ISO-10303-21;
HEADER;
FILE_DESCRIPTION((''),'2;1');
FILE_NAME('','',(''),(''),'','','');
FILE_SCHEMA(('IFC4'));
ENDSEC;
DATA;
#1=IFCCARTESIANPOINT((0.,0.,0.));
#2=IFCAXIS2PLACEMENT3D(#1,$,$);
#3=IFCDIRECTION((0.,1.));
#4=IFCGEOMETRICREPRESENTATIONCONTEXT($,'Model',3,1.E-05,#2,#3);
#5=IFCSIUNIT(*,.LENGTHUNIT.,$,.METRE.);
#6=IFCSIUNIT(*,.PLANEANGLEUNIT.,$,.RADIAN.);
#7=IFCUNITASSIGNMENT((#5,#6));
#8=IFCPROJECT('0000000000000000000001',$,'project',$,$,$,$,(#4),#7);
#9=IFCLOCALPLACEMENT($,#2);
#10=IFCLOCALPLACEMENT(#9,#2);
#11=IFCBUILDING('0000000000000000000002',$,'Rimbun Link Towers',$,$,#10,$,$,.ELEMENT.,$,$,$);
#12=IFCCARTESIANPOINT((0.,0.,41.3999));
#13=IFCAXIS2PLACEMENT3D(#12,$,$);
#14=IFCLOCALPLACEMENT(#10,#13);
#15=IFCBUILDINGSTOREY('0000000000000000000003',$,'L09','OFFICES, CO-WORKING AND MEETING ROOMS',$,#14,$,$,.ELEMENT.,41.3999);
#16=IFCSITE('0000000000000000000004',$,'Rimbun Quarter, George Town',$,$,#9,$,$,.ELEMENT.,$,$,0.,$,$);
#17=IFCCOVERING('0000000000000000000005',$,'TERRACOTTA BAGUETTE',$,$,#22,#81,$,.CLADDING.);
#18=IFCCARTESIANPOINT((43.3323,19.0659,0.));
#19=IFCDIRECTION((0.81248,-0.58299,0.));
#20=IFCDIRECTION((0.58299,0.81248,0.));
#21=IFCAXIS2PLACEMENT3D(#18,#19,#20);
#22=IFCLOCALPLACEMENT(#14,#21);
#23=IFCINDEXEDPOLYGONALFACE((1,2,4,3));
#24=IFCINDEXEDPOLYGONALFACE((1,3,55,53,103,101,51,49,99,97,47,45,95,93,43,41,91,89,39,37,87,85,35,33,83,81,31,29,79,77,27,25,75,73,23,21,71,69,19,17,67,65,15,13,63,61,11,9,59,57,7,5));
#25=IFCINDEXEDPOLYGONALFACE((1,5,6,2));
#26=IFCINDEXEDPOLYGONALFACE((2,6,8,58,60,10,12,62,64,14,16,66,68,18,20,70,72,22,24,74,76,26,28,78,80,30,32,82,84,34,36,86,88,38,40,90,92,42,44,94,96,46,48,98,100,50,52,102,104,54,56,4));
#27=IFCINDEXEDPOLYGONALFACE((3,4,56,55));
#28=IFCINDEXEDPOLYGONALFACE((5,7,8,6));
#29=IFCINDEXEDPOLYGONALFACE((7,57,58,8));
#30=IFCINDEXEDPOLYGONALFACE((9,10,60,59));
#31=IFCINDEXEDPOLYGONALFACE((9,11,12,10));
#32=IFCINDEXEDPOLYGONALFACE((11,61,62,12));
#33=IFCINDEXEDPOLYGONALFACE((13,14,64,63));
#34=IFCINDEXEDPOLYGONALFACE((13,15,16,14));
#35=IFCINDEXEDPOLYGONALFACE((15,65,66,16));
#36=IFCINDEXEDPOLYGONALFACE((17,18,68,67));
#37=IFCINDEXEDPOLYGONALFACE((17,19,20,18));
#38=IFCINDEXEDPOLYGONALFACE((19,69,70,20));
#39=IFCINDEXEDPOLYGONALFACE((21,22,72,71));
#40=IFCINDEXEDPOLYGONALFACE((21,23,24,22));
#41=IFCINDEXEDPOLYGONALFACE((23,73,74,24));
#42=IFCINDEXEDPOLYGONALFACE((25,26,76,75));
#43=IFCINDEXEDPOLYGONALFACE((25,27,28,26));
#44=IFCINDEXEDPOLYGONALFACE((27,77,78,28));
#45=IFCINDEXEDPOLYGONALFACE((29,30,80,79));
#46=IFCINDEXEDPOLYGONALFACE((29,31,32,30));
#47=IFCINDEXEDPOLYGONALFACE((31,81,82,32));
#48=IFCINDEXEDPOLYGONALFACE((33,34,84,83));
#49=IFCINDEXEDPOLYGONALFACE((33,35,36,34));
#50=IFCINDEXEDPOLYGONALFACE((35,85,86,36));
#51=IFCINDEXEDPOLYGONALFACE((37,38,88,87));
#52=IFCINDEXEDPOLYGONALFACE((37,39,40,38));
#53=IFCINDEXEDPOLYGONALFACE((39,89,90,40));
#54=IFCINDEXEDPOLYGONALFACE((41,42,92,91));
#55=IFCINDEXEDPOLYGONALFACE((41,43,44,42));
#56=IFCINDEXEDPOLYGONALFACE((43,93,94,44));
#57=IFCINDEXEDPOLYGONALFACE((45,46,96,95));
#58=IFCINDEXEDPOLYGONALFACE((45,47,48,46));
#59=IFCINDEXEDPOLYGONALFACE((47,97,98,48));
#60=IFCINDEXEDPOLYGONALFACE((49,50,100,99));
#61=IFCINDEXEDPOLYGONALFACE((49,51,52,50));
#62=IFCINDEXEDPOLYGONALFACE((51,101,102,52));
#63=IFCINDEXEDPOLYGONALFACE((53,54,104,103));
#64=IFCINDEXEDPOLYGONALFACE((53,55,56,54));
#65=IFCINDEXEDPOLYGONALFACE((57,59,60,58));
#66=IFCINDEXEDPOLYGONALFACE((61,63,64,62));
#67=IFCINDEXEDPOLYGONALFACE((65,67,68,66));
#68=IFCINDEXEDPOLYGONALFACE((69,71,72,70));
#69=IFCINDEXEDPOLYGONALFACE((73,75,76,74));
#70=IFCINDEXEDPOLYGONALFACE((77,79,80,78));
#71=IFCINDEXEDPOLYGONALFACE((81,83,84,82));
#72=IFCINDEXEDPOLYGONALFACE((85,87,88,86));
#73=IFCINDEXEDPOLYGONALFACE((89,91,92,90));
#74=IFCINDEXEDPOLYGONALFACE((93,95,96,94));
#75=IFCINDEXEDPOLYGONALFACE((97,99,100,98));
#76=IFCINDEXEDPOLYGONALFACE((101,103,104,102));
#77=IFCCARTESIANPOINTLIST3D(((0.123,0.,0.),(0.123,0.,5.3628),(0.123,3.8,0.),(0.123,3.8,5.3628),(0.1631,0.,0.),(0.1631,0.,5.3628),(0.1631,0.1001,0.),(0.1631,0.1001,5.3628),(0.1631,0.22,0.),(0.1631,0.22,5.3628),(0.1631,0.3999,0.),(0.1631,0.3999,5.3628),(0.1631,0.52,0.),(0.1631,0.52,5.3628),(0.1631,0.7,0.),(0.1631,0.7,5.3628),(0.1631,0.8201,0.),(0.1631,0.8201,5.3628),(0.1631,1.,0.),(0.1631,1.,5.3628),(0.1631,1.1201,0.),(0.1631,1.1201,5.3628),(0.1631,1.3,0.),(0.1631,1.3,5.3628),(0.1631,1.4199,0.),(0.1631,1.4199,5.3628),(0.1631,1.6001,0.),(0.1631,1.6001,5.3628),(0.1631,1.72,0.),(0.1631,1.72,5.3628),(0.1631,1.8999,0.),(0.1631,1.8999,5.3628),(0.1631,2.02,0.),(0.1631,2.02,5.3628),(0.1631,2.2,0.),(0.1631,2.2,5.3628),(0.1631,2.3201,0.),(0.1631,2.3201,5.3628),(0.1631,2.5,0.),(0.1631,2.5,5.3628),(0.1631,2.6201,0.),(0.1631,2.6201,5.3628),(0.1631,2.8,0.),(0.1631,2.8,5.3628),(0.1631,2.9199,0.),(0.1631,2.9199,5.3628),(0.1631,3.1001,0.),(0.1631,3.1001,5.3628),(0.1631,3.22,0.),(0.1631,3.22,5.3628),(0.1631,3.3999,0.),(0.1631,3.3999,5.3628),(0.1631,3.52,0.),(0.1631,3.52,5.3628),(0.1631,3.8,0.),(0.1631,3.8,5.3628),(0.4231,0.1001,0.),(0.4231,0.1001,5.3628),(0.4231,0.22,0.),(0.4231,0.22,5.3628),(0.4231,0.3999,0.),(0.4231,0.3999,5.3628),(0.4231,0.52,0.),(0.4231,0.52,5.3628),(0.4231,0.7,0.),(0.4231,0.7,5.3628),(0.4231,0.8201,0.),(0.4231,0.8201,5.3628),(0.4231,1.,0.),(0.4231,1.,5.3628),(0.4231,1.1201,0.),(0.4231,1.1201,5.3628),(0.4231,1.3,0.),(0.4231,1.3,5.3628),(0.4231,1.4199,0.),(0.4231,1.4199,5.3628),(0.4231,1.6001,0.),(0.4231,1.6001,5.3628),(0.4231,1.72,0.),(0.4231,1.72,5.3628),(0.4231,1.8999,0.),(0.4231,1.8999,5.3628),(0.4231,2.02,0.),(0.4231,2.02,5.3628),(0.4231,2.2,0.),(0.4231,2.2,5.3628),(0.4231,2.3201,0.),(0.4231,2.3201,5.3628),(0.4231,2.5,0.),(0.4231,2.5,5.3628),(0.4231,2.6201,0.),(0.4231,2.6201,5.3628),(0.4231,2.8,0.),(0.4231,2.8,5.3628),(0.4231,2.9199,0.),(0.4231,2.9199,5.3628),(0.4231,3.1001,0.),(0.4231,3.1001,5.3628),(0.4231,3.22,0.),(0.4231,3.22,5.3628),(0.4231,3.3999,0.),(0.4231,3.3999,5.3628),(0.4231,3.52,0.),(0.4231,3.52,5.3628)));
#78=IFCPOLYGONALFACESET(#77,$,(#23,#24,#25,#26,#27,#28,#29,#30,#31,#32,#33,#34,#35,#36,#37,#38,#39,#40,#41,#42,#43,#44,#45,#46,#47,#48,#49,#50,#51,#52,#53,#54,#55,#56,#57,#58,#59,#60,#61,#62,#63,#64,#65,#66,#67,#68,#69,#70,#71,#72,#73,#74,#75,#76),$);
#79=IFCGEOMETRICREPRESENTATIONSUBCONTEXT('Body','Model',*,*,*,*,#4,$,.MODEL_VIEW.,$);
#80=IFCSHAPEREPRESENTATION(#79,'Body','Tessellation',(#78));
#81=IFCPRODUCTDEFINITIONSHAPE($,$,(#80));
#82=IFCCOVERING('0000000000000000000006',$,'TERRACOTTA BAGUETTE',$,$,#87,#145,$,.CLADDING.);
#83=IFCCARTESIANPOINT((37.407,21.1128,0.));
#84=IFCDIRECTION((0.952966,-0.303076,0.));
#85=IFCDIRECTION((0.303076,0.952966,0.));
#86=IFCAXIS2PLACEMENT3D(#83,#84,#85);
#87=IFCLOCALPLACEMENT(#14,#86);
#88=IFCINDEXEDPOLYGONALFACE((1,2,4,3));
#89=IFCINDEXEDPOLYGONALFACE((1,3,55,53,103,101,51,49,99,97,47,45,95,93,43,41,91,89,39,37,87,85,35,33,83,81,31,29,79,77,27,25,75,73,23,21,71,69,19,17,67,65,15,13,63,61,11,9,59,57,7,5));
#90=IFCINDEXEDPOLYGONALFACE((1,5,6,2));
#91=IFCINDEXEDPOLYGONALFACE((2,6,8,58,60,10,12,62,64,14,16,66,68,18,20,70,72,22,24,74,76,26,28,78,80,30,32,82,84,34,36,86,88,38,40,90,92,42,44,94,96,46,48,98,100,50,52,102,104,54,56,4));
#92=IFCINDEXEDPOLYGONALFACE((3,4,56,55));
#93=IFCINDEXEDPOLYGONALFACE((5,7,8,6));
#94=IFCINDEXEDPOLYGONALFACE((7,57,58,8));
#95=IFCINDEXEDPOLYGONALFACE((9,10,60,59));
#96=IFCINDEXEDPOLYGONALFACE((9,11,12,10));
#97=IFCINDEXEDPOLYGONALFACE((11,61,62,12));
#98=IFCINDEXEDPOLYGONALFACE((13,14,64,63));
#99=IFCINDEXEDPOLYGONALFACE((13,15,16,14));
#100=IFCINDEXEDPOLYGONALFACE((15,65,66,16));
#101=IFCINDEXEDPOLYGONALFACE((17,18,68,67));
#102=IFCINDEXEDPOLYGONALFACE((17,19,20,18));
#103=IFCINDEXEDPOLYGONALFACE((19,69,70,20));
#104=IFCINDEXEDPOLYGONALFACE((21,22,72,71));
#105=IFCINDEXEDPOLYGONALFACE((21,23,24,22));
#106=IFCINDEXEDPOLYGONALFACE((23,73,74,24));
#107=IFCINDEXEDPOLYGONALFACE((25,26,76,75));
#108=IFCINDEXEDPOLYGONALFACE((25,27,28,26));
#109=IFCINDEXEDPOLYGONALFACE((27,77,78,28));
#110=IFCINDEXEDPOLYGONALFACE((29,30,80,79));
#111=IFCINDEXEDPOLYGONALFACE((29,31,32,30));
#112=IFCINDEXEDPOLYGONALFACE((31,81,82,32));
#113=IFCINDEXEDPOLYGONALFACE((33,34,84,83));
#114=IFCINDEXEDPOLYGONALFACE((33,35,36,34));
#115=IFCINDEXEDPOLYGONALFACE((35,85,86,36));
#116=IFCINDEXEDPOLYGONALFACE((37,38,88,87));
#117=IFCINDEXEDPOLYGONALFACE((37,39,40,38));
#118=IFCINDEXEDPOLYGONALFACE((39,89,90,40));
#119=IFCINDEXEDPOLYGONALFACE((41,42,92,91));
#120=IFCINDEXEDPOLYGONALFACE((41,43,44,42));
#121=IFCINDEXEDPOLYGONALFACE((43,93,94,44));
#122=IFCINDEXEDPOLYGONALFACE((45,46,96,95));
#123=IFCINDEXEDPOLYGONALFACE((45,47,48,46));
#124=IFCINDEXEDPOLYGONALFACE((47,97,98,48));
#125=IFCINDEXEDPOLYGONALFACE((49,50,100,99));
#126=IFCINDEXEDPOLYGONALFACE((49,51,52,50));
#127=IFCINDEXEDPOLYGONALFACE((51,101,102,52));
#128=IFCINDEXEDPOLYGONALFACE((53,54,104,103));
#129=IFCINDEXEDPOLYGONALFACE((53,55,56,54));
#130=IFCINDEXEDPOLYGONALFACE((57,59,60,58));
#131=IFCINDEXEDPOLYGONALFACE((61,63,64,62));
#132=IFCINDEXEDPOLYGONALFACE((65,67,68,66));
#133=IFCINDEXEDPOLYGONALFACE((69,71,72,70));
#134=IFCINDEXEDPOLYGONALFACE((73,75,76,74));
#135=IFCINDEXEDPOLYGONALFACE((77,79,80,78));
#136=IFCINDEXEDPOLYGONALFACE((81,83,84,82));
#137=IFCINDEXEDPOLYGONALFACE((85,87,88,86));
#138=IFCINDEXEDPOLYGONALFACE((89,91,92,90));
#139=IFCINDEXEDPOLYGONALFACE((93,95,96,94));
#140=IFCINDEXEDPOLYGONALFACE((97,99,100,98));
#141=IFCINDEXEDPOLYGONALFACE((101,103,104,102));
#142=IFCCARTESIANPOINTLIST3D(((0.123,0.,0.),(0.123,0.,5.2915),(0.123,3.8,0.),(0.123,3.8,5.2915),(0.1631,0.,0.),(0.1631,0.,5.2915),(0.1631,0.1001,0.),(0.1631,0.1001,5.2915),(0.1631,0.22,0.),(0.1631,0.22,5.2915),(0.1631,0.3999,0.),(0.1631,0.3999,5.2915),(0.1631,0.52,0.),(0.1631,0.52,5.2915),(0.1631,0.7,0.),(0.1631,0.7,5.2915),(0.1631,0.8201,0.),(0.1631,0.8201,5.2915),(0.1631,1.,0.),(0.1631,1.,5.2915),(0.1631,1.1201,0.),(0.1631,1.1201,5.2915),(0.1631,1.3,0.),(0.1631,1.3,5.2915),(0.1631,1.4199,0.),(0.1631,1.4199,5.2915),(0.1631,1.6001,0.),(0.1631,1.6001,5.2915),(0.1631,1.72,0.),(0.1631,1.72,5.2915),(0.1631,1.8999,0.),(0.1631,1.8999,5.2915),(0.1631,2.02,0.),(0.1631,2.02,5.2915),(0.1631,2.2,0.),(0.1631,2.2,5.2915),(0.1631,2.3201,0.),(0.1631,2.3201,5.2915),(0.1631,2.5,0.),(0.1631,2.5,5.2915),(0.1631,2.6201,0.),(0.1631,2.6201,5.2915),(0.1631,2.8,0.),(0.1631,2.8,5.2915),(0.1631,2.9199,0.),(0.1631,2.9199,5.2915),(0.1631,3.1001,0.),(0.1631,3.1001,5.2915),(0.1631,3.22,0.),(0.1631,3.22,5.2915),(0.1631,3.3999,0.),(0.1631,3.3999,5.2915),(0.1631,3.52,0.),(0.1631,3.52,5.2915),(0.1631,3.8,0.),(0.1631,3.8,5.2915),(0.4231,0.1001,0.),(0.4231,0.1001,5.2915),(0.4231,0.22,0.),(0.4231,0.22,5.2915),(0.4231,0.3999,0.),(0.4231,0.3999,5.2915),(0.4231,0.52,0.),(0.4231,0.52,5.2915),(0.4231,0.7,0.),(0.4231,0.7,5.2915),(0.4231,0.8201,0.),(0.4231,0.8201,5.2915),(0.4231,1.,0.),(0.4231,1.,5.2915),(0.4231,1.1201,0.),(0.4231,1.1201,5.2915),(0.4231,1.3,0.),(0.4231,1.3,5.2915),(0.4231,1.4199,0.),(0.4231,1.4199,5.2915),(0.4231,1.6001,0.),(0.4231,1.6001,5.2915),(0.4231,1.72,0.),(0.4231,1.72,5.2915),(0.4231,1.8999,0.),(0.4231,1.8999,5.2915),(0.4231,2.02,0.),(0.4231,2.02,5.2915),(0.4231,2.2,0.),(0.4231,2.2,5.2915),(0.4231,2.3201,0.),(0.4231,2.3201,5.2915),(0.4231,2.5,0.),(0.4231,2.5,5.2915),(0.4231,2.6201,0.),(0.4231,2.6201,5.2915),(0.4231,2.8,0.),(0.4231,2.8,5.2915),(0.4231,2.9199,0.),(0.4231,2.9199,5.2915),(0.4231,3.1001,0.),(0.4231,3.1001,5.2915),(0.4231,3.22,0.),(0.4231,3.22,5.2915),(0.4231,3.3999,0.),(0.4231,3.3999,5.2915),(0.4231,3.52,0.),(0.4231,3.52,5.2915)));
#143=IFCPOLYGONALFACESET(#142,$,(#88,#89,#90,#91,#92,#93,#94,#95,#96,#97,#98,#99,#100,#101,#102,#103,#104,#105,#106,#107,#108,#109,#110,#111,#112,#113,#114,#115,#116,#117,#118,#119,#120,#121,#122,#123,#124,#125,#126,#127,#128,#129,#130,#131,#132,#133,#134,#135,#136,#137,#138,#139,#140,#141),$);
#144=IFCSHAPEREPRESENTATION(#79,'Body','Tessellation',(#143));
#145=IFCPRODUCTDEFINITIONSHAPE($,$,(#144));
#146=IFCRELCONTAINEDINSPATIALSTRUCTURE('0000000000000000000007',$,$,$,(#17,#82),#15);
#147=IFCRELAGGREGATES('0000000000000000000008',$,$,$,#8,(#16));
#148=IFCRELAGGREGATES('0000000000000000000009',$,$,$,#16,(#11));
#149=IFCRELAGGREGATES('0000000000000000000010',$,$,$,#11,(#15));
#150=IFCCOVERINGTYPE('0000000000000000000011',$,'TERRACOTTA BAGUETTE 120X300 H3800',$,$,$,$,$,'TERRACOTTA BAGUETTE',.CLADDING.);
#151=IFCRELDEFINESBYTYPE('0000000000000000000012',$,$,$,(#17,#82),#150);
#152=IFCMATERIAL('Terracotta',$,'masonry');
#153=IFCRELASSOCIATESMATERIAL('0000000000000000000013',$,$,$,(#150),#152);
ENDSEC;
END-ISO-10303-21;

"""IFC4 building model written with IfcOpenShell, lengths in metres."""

from ifc_helpers import new_model, si_unit, direction, frame, origin, place, context, subcontext, project, spatial, polyline, outline, extrude, material, material_profile, profile_set, type_object, element, save


model = new_model("IFC4")

# Units and contexts
model_context = context("Model", 3, precision=1e-05, world=origin(), true_north=direction((0.0, 1.0)))
body_context = subcontext(model_context, "Body", "Model", "MODEL_VIEW")
ifc_project = project(units=[si_unit("LENGTHUNIT", "METRE"), si_unit("PLANEANGLEUNIT", "RADIAN")], contexts=[model_context])

# Site, building, storey
site_placement = place(None, origin())
site = spatial("IfcSite", under=ifc_project, at=site_placement, Name="Rimbun Quarter, George Town", CompositionType="ELEMENT", RefElevation=0.0)
building_placement = place(site_placement, origin())
building = spatial("IfcBuilding", under=site, at=building_placement, Name="Rimbun Link Towers", CompositionType="ELEMENT")
storey_placement = place(building_placement, frame((0.0, 0.0, 41.3999)))
storey = spatial("IfcBuildingStorey", under=building, at=storey_placement, Name="L09", Description="OFFICES, CO-WORKING AND MEETING ROOMS", CompositionType="ELEMENT", Elevation=41.3999)

# Coverings
ifc_material_1 = material(Name="Terracotta", Category="masonry")
ifc_material_profile_1 = material_profile(ifc_material_1, outline(polyline([(0.123, 0.0), (0.1631, 0.0), (0.1631, 0.1001), (0.4231, 0.1001), (0.4231, 0.22), (0.1631, 0.22), (0.1631, 0.3999), (0.4231, 0.3999), (0.4231, 0.52), (0.1631, 0.52), (0.1631, 0.7), (0.4231, 0.7), (0.4231, 0.8201), (0.1631, 0.8201), (0.1631, 1.0), (0.4231, 1.0), (0.4231, 1.1201), (0.1631, 1.1201), (0.1631, 1.3), (0.4231, 1.3), (0.4231, 1.4199), (0.1631, 1.4199), (0.1631, 1.6001), (0.4231, 1.6001), (0.4231, 1.72), (0.1631, 1.72), (0.1631, 1.8999), (0.4231, 1.8999), (0.4231, 2.02), (0.1631, 2.02), (0.1631, 2.2), (0.4231, 2.2), (0.4231, 2.3201), (0.1631, 2.3201), (0.1631, 2.5), (0.4231, 2.5), (0.4231, 2.6201), (0.1631, 2.6201), (0.1631, 2.8), (0.4231, 2.8), (0.4231, 2.9199), (0.1631, 2.9199), (0.1631, 3.1001), (0.4231, 3.1001), (0.4231, 3.22), (0.1631, 3.22), (0.1631, 3.3999), (0.4231, 3.3999), (0.4231, 3.52), (0.1631, 3.52), (0.1631, 3.8), (0.123, 3.8), (0.123, 0.0)])), Name="BAGUETTE 120X300")
ifc_profile_set_1 = profile_set([ifc_material_profile_1], Name="Terracotta")
covering_type = type_object("IfcCoveringType", Name="TERRACOTTA BAGUETTE 120X300 H3800", ElementType="TERRACOTTA BAGUETTE", PredefinedType="CLADDING", material=ifc_profile_set_1)
covering_1_placement = place(storey_placement, frame((43.3323, 19.0659, 0.0), z_axis=(0.81248, -0.58299, 0.0), x_axis=(0.58299, 0.81248, 0.0)))
element("IfcCovering", 1, at=covering_1_placement, inside=storey, type_object=covering_type, Name="TERRACOTTA BAGUETTE", PredefinedType="CLADDING", context=body_context, shape_type="SweptSolid", body=[
    extrude(outline(polyline([(0.123, 0.0), (0.1631, 0.0), (0.1631, 0.1001), (0.4231, 0.1001), (0.4231, 0.22), (0.1631, 0.22), (0.1631, 0.3999), (0.4231, 0.3999), (0.4231, 0.52), (0.1631, 0.52), (0.1631, 0.7), (0.4231, 0.7), (0.4231, 0.8201), (0.1631, 0.8201), (0.1631, 1.0), (0.4231, 1.0), (0.4231, 1.1201), (0.1631, 1.1201), (0.1631, 1.3), (0.4231, 1.3), (0.4231, 1.4199), (0.1631, 1.4199), (0.1631, 1.6001), (0.4231, 1.6001), (0.4231, 1.72), (0.1631, 1.72), (0.1631, 1.8999), (0.4231, 1.8999), (0.4231, 2.02), (0.1631, 2.02), (0.1631, 2.2), (0.4231, 2.2), (0.4231, 2.3201), (0.1631, 2.3201), (0.1631, 2.5), (0.4231, 2.5), (0.4231, 2.6201), (0.1631, 2.6201), (0.1631, 2.8), (0.4231, 2.8), (0.4231, 2.9199), (0.1631, 2.9199), (0.1631, 3.1001), (0.4231, 3.1001), (0.4231, 3.22), (0.1631, 3.22), (0.1631, 3.3999), (0.4231, 3.3999), (0.4231, 3.52), (0.1631, 3.52), (0.1631, 3.8), (0.123, 3.8), (0.123, 0.0)])), origin(), (0.0, 0.0, 1.0), 5.3628),
])
covering_2_placement = place(storey_placement, frame((37.407, 21.1128, 0.0), z_axis=(0.952966, -0.303076, 0.0), x_axis=(0.303076, 0.952966, 0.0)))
element("IfcCovering", 2, at=covering_2_placement, inside=storey, type_object=covering_type, Name="TERRACOTTA BAGUETTE", PredefinedType="CLADDING", context=body_context, shape_type="SweptSolid", body=[
    extrude(outline(polyline([(0.123, 0.0), (0.1631, 0.0), (0.1631, 0.1001), (0.4231, 0.1001), (0.4231, 0.22), (0.1631, 0.22), (0.1631, 0.3999), (0.4231, 0.3999), (0.4231, 0.52), (0.1631, 0.52), (0.1631, 0.7), (0.4231, 0.7), (0.4231, 0.8201), (0.1631, 0.8201), (0.1631, 1.0), (0.4231, 1.0), (0.4231, 1.1201), (0.1631, 1.1201), (0.1631, 1.3), (0.4231, 1.3), (0.4231, 1.4199), (0.1631, 1.4199), (0.1631, 1.6001), (0.4231, 1.6001), (0.4231, 1.72), (0.1631, 1.72), (0.1631, 1.8999), (0.4231, 1.8999), (0.4231, 2.02), (0.1631, 2.02), (0.1631, 2.2), (0.4231, 2.2), (0.4231, 2.3201), (0.1631, 2.3201), (0.1631, 2.5), (0.4231, 2.5), (0.4231, 2.6201), (0.1631, 2.6201), (0.1631, 2.8), (0.4231, 2.8), (0.4231, 2.9199), (0.1631, 2.9199), (0.1631, 3.1001), (0.4231, 3.1001), (0.4231, 3.22), (0.1631, 3.22), (0.1631, 3.3999), (0.4231, 3.3999), (0.4231, 3.52), (0.1631, 3.52), (0.1631, 3.8), (0.123, 3.8), (0.123, 0.0)])), origin(), (0.0, 0.0, 1.0), 5.2915),
])

save(model, "model.ifc")
